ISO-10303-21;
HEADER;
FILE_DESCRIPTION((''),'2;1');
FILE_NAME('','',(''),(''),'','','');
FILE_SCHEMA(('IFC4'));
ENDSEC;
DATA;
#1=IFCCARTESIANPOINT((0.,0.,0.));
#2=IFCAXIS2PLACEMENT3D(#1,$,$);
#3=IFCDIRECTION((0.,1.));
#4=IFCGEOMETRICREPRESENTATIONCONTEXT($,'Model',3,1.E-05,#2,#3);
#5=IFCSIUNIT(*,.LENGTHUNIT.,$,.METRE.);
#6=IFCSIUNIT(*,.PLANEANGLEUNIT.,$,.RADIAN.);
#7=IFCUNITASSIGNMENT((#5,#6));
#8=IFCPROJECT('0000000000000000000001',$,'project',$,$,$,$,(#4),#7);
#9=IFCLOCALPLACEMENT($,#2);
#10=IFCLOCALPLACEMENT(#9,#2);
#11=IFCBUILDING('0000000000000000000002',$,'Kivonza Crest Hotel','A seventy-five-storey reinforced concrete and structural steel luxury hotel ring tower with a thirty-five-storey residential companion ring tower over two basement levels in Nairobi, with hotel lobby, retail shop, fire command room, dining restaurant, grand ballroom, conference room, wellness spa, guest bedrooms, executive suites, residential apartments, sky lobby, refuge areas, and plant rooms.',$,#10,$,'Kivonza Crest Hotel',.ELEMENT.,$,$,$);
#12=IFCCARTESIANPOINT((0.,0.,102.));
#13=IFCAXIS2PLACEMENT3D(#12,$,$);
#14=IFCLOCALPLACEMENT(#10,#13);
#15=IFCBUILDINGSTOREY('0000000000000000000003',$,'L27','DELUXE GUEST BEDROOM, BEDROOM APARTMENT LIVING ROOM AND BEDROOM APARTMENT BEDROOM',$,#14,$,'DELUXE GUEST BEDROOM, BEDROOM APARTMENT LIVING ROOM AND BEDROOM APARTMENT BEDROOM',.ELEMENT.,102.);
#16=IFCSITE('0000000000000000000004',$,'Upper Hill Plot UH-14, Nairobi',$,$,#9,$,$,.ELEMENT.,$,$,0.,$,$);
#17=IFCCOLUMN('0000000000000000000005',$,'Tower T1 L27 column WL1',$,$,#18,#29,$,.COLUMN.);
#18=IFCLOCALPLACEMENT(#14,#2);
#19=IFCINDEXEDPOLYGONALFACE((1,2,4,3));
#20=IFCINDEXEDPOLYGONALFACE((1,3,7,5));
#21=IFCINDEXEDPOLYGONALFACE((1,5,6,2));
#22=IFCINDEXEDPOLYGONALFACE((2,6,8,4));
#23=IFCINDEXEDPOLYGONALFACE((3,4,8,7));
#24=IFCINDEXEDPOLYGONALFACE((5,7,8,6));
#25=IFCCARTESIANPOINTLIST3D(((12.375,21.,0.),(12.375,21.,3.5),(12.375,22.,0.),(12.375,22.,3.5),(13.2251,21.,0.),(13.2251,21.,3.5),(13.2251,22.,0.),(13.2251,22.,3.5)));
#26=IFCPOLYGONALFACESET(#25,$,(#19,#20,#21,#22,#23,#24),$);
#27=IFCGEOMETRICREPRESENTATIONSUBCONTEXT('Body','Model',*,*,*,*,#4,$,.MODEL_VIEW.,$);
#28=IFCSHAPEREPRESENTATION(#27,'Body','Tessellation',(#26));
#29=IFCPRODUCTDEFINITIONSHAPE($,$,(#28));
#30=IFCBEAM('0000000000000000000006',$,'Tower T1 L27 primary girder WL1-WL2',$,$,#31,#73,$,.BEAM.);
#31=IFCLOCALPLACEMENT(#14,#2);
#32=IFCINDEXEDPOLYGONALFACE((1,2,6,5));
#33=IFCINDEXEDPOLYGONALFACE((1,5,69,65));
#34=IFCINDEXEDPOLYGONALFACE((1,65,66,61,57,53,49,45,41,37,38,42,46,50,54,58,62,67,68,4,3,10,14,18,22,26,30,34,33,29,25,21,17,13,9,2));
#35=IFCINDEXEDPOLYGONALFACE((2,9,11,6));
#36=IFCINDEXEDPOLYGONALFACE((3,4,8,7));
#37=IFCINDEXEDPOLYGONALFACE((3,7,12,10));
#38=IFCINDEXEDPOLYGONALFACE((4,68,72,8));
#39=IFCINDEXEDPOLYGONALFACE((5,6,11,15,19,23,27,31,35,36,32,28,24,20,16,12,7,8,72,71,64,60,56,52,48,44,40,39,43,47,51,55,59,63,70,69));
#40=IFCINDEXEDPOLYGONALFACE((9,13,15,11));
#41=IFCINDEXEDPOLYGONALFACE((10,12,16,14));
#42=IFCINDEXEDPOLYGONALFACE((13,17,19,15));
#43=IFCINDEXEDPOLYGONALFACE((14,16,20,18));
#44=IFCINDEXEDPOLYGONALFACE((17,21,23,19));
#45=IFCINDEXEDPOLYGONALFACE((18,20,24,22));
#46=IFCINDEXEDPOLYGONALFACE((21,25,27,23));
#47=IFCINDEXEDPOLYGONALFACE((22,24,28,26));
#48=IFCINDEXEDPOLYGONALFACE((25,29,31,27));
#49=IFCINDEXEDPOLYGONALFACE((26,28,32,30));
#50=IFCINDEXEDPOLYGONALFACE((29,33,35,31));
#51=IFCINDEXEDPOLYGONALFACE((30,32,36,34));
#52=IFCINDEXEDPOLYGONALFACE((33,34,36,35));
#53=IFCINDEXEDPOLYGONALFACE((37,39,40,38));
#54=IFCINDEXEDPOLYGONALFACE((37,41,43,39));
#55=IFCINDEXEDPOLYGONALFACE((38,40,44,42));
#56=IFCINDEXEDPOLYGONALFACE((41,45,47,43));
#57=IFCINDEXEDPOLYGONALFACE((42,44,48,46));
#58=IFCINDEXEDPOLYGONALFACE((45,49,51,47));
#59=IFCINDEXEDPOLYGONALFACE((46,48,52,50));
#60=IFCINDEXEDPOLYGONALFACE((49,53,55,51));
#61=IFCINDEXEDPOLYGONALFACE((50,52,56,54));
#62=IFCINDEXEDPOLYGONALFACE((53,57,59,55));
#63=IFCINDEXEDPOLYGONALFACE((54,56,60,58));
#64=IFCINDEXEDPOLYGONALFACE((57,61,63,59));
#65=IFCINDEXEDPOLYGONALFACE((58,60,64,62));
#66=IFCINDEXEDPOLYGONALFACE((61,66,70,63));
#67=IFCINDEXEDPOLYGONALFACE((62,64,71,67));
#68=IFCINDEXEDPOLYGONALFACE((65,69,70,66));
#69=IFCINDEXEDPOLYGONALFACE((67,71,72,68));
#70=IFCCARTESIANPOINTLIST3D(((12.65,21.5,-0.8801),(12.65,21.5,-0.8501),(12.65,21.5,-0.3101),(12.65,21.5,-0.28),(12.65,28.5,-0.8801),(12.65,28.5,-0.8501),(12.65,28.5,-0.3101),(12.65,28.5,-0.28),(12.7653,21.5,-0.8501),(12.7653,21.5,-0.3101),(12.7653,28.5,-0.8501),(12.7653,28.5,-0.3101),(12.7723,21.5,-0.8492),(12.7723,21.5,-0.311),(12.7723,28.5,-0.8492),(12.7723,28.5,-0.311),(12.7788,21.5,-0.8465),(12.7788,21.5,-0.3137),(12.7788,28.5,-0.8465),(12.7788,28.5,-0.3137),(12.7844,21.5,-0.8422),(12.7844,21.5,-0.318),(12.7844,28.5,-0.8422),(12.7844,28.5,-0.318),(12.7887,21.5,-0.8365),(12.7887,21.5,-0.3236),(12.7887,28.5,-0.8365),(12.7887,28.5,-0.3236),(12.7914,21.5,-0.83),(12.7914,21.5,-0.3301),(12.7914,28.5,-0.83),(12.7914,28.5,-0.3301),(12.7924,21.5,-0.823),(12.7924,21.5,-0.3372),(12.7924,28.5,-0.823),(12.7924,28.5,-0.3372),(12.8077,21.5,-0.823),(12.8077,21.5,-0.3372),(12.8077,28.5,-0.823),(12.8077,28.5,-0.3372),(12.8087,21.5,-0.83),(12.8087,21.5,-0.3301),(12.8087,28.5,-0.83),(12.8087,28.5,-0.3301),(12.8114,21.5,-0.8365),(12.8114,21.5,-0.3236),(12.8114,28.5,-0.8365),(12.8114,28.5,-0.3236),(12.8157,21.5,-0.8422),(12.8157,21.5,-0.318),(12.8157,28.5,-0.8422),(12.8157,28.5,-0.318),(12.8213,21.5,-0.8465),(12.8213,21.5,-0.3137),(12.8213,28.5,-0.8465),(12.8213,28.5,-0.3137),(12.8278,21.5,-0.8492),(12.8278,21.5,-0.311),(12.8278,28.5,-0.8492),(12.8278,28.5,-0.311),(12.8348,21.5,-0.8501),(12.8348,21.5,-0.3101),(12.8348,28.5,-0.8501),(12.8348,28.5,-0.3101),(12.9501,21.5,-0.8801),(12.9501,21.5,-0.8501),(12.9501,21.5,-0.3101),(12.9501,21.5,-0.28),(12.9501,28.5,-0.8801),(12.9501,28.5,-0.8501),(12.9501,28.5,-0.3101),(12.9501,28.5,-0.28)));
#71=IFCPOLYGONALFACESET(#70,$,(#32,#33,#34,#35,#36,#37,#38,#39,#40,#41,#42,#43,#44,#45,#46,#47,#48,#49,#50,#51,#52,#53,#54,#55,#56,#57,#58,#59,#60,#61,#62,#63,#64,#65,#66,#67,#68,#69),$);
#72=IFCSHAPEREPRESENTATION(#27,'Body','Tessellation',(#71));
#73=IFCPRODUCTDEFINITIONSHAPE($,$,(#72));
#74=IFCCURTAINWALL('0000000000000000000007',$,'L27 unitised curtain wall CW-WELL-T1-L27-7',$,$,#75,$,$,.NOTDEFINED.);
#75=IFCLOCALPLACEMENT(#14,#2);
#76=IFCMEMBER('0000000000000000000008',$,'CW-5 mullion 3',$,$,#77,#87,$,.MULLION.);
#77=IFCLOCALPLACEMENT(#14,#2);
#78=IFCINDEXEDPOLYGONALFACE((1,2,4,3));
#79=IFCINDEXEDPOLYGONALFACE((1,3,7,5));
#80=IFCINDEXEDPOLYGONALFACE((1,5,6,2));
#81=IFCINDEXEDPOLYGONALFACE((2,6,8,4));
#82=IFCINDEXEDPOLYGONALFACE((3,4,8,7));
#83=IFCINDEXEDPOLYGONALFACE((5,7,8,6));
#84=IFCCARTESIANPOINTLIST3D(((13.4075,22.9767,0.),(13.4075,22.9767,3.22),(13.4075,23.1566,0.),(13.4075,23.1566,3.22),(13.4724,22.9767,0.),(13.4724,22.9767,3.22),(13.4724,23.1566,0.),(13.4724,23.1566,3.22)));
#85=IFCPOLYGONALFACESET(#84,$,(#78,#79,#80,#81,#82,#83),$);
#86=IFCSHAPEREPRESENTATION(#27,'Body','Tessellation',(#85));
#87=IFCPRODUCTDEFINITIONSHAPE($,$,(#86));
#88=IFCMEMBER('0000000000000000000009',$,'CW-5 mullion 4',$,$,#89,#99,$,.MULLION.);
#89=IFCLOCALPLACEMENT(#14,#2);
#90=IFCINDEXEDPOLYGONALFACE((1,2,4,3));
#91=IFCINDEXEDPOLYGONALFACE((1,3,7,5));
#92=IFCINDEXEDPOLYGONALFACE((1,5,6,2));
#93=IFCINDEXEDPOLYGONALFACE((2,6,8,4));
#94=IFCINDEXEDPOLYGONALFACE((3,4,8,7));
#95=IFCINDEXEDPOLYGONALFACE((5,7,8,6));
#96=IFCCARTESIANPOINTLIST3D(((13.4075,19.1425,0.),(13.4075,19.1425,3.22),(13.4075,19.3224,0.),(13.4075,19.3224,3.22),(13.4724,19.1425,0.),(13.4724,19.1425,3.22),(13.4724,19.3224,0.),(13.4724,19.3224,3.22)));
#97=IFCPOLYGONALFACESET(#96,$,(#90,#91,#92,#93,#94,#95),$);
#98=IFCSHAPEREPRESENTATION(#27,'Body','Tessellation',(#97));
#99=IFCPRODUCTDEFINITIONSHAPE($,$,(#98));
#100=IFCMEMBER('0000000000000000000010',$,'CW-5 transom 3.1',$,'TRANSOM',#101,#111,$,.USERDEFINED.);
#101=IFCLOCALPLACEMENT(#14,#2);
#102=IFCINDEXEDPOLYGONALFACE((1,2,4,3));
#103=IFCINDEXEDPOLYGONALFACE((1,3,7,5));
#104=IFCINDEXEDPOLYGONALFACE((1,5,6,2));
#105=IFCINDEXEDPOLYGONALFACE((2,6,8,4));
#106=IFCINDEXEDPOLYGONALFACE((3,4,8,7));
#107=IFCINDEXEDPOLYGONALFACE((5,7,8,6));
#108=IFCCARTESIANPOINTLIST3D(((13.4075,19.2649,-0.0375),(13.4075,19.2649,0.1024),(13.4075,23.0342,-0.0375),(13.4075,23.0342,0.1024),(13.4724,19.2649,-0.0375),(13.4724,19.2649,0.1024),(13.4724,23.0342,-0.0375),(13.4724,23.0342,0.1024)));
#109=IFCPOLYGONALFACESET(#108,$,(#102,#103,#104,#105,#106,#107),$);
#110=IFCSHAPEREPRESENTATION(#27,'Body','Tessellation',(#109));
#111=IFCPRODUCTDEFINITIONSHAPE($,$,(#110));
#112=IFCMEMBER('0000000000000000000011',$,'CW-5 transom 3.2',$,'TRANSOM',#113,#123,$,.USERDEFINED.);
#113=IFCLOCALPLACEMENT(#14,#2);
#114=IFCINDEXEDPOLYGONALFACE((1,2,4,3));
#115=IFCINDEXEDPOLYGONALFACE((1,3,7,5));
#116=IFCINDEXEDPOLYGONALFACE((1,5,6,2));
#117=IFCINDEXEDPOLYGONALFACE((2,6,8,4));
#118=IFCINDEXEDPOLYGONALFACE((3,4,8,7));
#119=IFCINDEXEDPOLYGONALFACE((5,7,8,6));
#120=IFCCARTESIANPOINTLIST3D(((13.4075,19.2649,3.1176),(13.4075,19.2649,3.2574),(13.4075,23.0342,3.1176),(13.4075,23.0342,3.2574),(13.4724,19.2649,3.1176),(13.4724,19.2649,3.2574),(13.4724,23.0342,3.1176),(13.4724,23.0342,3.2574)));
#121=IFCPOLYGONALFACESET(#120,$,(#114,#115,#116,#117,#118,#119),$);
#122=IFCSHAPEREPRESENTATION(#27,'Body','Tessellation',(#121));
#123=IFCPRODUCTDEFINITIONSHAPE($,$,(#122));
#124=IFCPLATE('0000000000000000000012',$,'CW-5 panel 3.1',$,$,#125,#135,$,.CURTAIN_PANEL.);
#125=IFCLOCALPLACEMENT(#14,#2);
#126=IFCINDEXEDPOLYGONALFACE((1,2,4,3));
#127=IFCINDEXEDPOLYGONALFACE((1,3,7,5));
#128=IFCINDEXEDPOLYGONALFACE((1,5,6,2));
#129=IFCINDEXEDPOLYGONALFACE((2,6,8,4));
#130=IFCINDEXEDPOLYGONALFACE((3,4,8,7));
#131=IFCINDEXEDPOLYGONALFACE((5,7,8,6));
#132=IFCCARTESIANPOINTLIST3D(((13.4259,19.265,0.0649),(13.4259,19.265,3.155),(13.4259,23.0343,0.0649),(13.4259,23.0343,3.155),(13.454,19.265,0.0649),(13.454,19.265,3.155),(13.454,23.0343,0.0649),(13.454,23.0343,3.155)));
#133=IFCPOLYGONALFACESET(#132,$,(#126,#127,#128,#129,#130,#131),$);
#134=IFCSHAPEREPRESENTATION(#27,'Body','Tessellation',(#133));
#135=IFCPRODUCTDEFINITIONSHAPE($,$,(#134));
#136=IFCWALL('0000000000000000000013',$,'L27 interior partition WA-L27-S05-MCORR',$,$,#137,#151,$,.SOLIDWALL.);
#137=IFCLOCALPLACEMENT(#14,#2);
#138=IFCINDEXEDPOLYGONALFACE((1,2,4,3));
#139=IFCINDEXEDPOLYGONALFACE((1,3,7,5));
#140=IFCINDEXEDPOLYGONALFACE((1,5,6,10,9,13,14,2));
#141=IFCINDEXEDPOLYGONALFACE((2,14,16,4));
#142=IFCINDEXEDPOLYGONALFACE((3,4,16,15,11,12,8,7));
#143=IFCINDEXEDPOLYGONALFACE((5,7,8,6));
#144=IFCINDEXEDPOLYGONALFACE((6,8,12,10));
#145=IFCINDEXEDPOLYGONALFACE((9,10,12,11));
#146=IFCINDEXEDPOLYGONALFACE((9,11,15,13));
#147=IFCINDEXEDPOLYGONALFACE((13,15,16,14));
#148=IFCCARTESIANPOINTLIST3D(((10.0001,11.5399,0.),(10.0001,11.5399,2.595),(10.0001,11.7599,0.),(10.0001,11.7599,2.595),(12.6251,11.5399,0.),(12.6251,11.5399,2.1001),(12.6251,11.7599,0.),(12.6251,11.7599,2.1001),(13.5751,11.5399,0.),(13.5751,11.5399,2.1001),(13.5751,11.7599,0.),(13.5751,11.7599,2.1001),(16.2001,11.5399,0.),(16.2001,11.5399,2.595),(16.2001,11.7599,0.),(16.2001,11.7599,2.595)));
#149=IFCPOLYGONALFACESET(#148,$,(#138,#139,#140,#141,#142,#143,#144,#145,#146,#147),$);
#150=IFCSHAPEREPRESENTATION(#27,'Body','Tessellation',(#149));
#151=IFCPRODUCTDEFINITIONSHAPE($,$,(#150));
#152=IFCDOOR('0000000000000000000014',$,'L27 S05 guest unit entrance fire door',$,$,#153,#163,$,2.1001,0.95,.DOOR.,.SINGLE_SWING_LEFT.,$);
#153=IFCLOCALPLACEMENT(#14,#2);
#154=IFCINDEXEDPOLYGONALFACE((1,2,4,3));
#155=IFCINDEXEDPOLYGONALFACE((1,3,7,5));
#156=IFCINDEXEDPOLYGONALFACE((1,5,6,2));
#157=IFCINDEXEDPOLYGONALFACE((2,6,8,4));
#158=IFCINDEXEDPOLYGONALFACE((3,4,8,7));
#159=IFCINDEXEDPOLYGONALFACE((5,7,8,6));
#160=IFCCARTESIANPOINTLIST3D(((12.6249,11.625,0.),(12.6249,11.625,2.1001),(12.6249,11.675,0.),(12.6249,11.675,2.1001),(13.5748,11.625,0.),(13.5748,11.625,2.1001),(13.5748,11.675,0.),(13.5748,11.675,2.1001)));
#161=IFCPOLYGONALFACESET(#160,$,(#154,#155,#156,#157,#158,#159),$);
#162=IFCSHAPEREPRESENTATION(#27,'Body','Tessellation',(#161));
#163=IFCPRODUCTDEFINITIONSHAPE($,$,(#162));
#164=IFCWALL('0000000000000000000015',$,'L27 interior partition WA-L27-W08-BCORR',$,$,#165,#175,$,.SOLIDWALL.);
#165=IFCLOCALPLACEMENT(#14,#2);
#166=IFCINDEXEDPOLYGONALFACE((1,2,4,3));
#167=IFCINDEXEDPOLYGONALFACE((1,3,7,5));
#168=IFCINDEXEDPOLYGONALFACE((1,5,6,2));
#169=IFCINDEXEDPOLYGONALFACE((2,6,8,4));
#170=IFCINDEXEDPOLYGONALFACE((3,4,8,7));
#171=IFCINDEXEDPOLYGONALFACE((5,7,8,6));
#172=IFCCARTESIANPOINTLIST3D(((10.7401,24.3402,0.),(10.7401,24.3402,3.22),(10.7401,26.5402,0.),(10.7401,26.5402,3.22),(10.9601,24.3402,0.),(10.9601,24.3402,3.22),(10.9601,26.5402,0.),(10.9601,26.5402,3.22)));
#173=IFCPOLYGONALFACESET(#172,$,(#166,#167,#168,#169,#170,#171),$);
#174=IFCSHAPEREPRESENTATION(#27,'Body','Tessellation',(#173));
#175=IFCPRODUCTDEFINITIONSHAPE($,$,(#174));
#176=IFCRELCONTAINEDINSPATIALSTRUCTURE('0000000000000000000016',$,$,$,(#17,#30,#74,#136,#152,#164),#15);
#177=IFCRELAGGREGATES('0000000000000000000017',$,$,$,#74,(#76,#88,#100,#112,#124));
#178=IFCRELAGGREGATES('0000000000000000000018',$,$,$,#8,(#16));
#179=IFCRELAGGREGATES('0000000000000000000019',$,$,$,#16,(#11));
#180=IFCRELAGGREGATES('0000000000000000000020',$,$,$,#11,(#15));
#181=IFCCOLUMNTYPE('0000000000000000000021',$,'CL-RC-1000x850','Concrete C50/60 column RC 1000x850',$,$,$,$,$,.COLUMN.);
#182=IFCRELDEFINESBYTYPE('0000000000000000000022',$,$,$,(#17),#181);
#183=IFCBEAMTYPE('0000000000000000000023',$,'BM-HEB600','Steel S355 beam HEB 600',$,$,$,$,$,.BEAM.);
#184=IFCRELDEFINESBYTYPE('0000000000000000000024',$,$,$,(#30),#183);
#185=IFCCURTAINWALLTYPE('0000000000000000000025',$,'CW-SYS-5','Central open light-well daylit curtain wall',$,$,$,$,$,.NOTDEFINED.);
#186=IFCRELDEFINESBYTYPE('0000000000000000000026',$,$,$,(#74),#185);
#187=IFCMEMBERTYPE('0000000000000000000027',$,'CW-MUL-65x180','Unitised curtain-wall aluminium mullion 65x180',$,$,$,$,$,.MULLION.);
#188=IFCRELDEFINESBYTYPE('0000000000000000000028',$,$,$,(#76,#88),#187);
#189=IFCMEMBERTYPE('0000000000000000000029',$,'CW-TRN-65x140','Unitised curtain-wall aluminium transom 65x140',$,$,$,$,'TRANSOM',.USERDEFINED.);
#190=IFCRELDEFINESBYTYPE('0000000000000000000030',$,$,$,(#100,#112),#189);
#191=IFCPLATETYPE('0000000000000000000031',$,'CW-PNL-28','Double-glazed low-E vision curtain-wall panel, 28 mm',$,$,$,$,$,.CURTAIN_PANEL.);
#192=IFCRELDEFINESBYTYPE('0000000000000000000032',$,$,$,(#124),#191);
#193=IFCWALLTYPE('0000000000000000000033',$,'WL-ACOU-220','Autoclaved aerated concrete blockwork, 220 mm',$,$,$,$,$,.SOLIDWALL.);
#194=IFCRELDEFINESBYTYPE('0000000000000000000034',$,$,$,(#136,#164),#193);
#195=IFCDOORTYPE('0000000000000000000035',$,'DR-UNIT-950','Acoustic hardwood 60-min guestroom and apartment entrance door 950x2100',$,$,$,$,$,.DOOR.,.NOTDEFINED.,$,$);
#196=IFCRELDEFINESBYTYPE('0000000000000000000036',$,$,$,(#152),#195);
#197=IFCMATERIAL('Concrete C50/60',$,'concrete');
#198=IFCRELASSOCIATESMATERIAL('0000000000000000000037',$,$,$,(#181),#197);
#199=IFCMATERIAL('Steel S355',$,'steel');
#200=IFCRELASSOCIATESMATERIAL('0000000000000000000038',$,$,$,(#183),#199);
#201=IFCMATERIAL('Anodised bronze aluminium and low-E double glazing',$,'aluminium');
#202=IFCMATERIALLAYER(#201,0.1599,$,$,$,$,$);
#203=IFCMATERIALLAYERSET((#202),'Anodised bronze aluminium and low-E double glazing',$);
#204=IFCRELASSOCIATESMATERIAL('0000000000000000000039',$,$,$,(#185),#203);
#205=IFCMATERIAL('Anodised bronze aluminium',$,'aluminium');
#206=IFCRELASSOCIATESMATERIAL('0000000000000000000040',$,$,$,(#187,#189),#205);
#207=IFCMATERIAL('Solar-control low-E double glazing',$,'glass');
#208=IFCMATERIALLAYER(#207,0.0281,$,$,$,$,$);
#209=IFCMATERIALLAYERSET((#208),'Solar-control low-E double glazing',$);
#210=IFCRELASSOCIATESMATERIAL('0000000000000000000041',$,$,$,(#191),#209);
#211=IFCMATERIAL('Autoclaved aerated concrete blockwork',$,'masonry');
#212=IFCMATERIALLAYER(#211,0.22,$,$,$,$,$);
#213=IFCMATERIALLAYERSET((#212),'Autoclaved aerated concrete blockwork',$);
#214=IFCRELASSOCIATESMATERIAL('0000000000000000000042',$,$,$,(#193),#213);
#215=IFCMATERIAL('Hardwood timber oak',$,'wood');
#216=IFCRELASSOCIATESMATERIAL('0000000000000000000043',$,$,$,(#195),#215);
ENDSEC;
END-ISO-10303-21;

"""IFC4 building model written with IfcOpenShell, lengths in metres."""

from ifc_helpers import new_model, si_unit, direction, frame, frame_2d, origin, origin_2d, place, context, subcontext, project, spatial, rectangle, i_section, extrude, material, layer, layer_set, material_profile, profile_set, type_object, element, fill, aggregate, save


model = new_model("IFC4")

# Units and contexts
model_context = context("Model", 3, precision=1e-05, world=origin(), true_north=direction((0.0, 1.0)))
body_context = subcontext(model_context, "Body", "Model", "MODEL_VIEW")
ifc_project = project(units=[si_unit("LENGTHUNIT", "METRE"), si_unit("PLANEANGLEUNIT", "RADIAN")], contexts=[model_context])

# Site, building, storey
site_placement = place(None, origin())
site = spatial("IfcSite", under=ifc_project, at=site_placement, Name="Upper Hill Plot UH-14, Nairobi", CompositionType="ELEMENT", RefElevation=0.0)
building_placement = place(site_placement, origin())
building = spatial("IfcBuilding", under=site, at=building_placement, Name="Kivonza Crest Hotel", Description="A seventy-five-storey reinforced concrete and structural steel luxury hotel ring tower with a thirty-five-storey residential companion ring tower over two basement levels in Nairobi, with hotel lobby, retail shop, fire command room, dining restaurant, grand ballroom, conference room, wellness spa, guest bedrooms, executive suites, residential apartments, sky lobby, refuge areas, and plant rooms.", LongName="Kivonza Crest Hotel", CompositionType="ELEMENT")
storey_placement = place(building_placement, frame((0.0, 0.0, 102.0)))
storey = spatial("IfcBuildingStorey", under=building, at=storey_placement, Name="L27", Description="DELUXE GUEST BEDROOM, BEDROOM APARTMENT LIVING ROOM AND BEDROOM APARTMENT BEDROOM", LongName="DELUXE GUEST BEDROOM, BEDROOM APARTMENT LIVING ROOM AND BEDROOM APARTMENT BEDROOM", CompositionType="ELEMENT", Elevation=102.0)

# Column
ifc_material_1 = material(Name="Concrete C50/60", Category="concrete")
ifc_material_profile_1 = material_profile(ifc_material_1, rectangle(XDim=0.8501, YDim=1.0, at=origin_2d()), Name="RC 1000x850")
ifc_profile_set_1 = profile_set([ifc_material_profile_1], Name="Concrete C50/60")
column_type = type_object("IfcColumnType", Name="CL-RC-1000x850", Description="Concrete C50/60 column RC 1000x850", PredefinedType="COLUMN", material=ifc_profile_set_1)
column_placement = place(storey_placement, frame((12.8, 21.5, 0.0), z_axis=(0.0, 0.0, 1.0), x_axis=(1.0, 0.0, 0.0)))
element("IfcColumn", 1, at=column_placement, inside=storey, type_object=column_type, Name="Tower T1 L27 column WL1", PredefinedType="COLUMN", context=body_context, shape_type="SweptSolid", body=[
    extrude(rectangle(XDim=0.8501, YDim=1.0, at=origin_2d()), origin(), (0.0, 0.0, 1.0), 3.5),
])

# Beam
ifc_material_2 = material(Name="Steel S355", Category="steel")
ifc_material_profile_2 = material_profile(ifc_material_2, i_section(OverallWidth=0.3, OverallDepth=0.6001, WebThickness=0.0154, FlangeThickness=0.03, FilletRadius=0.0271, at=origin_2d()), Name="HEB 600")
ifc_profile_set_2 = profile_set([ifc_material_profile_2], Name="Steel S355")
beam_type = type_object("IfcBeamType", Name="BM-HEB600", Description="Steel S355 beam HEB 600", PredefinedType="BEAM", material=ifc_profile_set_2)
beam_placement = place(storey_placement, frame((12.8, 21.5, -0.5801), z_axis=(0.0, 1.0, 0.0), x_axis=(-1.0, 0.0, 0.0)))
element("IfcBeam", 2, at=beam_placement, inside=storey, type_object=beam_type, Name="Tower T1 L27 primary girder WL1-WL2", PredefinedType="BEAM", context=body_context, shape_type="SweptSolid", body=[
    extrude(i_section(OverallWidth=0.3, OverallDepth=0.6001, WebThickness=0.0154, FlangeThickness=0.03, FilletRadius=0.0271, at=origin_2d()), origin(), (0.0, 0.0, 1.0), 7.0),
])

# Curtain wall, members, plate
ifc_material_3 = material(Name="Anodised bronze aluminium and low-E double glazing", Category="aluminium")
ifc_layer_1 = layer(ifc_material_3, 0.1599)
ifc_layer_set_1 = layer_set([ifc_layer_1], Name="Anodised bronze aluminium and low-E double glazing")
curtain_wall_type = type_object("IfcCurtainWallType", Name="CW-SYS-5", Description="Central open light-well daylit curtain wall", PredefinedType="NOTDEFINED", material=ifc_layer_set_1)
curtain_wall_placement = place(storey_placement, origin())
curtain_wall = element("IfcCurtainWall", 3, at=curtain_wall_placement, inside=storey, type_object=curtain_wall_type, Name="L27 unitised curtain wall CW-WELL-T1-L27-7", PredefinedType="NOTDEFINED")
ifc_material_4 = material(Name="Anodised bronze aluminium", Category="aluminium")
ifc_material_profile_3 = material_profile(ifc_material_4, rectangle(XDim=0.0649, YDim=0.1799, at=origin_2d()), Name="CW-M 65x180")
ifc_profile_set_3 = profile_set([ifc_material_profile_3], Name="Anodised bronze aluminium")
member_type_1 = type_object("IfcMemberType", Name="CW-MUL-65x180", Description="Unitised curtain-wall aluminium mullion 65x180", PredefinedType="MULLION", material=ifc_profile_set_3)
member_1_placement = place(storey_placement, frame((13.4399, 23.0667, 0.0), z_axis=(0.0, 0.0, 1.0), x_axis=(1.0, 0.0, 0.0)))
member_1 = element("IfcMember", 4, at=member_1_placement, type_object=member_type_1, Name="CW-5 mullion 3", PredefinedType="MULLION", context=body_context, shape_type="SweptSolid", body=[
    extrude(rectangle(XDim=0.0649, YDim=0.1799, at=origin_2d()), origin(), (0.0, 0.0, 1.0), 3.22),
])
member_2_placement = place(storey_placement, frame((13.4399, 19.2324, 0.0), z_axis=(0.0, 0.0, 1.0), x_axis=(1.0, 0.0, 0.0)))
member_2 = element("IfcMember", 5, at=member_2_placement, type_object=member_type_1, Name="CW-5 mullion 4", PredefinedType="MULLION", context=body_context, shape_type="SweptSolid", body=[
    extrude(rectangle(XDim=0.0649, YDim=0.1799, at=origin_2d()), origin(), (0.0, 0.0, 1.0), 3.22),
])
ifc_material_profile_4 = material_profile(ifc_material_4, rectangle(XDim=0.0649, YDim=0.1399, at=origin_2d()), Name="CW-T 65x140")
ifc_profile_set_4 = profile_set([ifc_material_profile_4], Name="Anodised bronze aluminium")
member_type_2 = type_object("IfcMemberType", Name="CW-TRN-65x140", Description="Unitised curtain-wall aluminium transom 65x140", ElementType="TRANSOM", PredefinedType="USERDEFINED", material=ifc_profile_set_4)
member_3_placement = place(storey_placement, frame((13.4399, 23.0342, 0.0325), z_axis=(0.0, -1.0, 0.0), x_axis=(1.0, 0.0, 0.0)))
member_3 = element("IfcMember", 6, at=member_3_placement, type_object=member_type_2, Name="CW-5 transom 3.1", ObjectType="TRANSOM", PredefinedType="USERDEFINED", context=body_context, shape_type="SweptSolid", body=[
    extrude(rectangle(XDim=0.0649, YDim=0.1399, at=origin_2d()), origin(), (0.0, 0.0, 1.0), 3.7693),
])
member_4_placement = place(storey_placement, frame((13.4399, 23.0342, 3.1875), z_axis=(0.0, -1.0, 0.0), x_axis=(1.0, 0.0, 0.0)))
member_4 = element("IfcMember", 7, at=member_4_placement, type_object=member_type_2, Name="CW-5 transom 3.2", ObjectType="TRANSOM", PredefinedType="USERDEFINED", context=body_context, shape_type="SweptSolid", body=[
    extrude(rectangle(XDim=0.0649, YDim=0.1399, at=origin_2d()), origin(), (0.0, 0.0, 1.0), 3.7693),
])
ifc_material_5 = material(Name="Solar-control low-E double glazing", Category="glass")
ifc_layer_2 = layer(ifc_material_5, 0.0281)
ifc_layer_set_2 = layer_set([ifc_layer_2], Name="Solar-control low-E double glazing")
plate_type = type_object("IfcPlateType", Name="CW-PNL-28", Description="Double-glazed low-E vision curtain-wall panel, 28 mm", PredefinedType="CURTAIN_PANEL", material=ifc_layer_set_2)
plate_placement = place(storey_placement, frame((13.4399, 21.1497, 0.0649), z_axis=(0.0, 0.0, 1.0), x_axis=(0.0, -1.0, 0.0)))
plate = element("IfcPlate", 8, at=plate_placement, type_object=plate_type, Name="CW-5 panel 3.1", PredefinedType="CURTAIN_PANEL", context=body_context, shape_type="SweptSolid", body=[
    extrude(rectangle(XDim=3.7693, YDim=0.0281, at=origin_2d()), origin(), (0.0, 0.0, 1.0), 3.0901),
])
aggregate(curtain_wall, [member_1, member_2, member_3, member_4, plate])

# Wall, opening, door
ifc_material_6 = material(Name="Autoclaved aerated concrete blockwork", Category="masonry")
ifc_layer_3 = layer(ifc_material_6, 0.22)
ifc_layer_set_3 = layer_set([ifc_layer_3], Name="Autoclaved aerated concrete blockwork")
wall_type_1 = type_object("IfcWallType", Name="WL-ACOU-220", Description="Autoclaved aerated concrete blockwork, 220 mm", PredefinedType="SOLIDWALL", material=ifc_layer_set_3)
wall_1_placement = place(storey_placement, frame((10.0, 11.6499, 0.0), z_axis=(0.0, 0.0, 1.0), x_axis=(1.0, 0.0, 0.0)))
wall_1 = element("IfcWall", 9, at=wall_1_placement, inside=storey, type_object=wall_type_1, Name="L27 interior partition WA-L27-S05-MCORR", PredefinedType="SOLIDWALL", context=body_context, shape_type="SweptSolid", body=[
    extrude(rectangle(XDim=6.2, YDim=0.22, at=frame_2d((3.1001, 0.0))), origin(), (0.0, 0.0, 1.0), 2.595),
])
opening_1_placement = place(wall_1_placement, frame((2.625, 0.0, 0.0)))
opening_1 = element("IfcOpeningElement", 10, at=opening_1_placement, cuts=wall_1, PredefinedType="OPENING", context=body_context, shape_type="SweptSolid", body=[
    extrude(rectangle(XDim=0.95, YDim=2.1001, at=frame_2d((0.4751, 1.05))), frame((0.0, 0.1201, 0.0), z_axis=(0.0, -1.0, 0.0), x_axis=(1.0, 0.0, 0.0)), (0.0, 0.0, 1.0), 0.24),
])
ifc_material_7 = material(Name="Hardwood timber oak", Category="wood")
door_type_1 = type_object("IfcDoorType", Name="DR-UNIT-950", Description="Acoustic hardwood 60-min guestroom and apartment entrance door 950x2100", OperationType="NOTDEFINED", PredefinedType="DOOR", material=ifc_material_7)
door_1_placement = place(opening_1_placement, frame((0.95, 0.0, 0.0), z_axis=(0.0, 0.0, 1.0), x_axis=(-1.0, 0.0, 0.0)))
door_1 = element("IfcDoor", 11, at=door_1_placement, inside=storey, type_object=door_type_1, Name="L27 S05 guest unit entrance fire door", OperationType="SINGLE_SWING_LEFT", OverallHeight=2.1001, OverallWidth=0.95, PredefinedType="DOOR", context=body_context, shape_type="SweptSolid", body=[
    extrude(rectangle(XDim=0.95, YDim=2.1001, at=frame_2d((0.4751, 1.05))), frame((0.0, 0.0249, 0.0), z_axis=(0.0, -1.0, 0.0), x_axis=(1.0, 0.0, 0.0)), (0.0, 0.0, 1.0), 0.05),
])
fill(opening_1, door_1)

# Wall
wall_2_placement = place(storey_placement, frame((10.8501, 24.3401, 0.0), z_axis=(0.0, 0.0, 1.0), x_axis=(0.0, 1.0, 0.0)))
element("IfcWall", 12, at=wall_2_placement, inside=storey, type_object=wall_type_1, Name="L27 interior partition WA-L27-W08-BCORR", PredefinedType="SOLIDWALL", context=body_context, shape_type="SweptSolid", body=[
    extrude(rectangle(XDim=2.2, YDim=0.22, at=frame_2d((1.1001, 0.0))), origin(), (0.0, 0.0, 1.0), 3.22),
])

save(model, "model.ifc")
